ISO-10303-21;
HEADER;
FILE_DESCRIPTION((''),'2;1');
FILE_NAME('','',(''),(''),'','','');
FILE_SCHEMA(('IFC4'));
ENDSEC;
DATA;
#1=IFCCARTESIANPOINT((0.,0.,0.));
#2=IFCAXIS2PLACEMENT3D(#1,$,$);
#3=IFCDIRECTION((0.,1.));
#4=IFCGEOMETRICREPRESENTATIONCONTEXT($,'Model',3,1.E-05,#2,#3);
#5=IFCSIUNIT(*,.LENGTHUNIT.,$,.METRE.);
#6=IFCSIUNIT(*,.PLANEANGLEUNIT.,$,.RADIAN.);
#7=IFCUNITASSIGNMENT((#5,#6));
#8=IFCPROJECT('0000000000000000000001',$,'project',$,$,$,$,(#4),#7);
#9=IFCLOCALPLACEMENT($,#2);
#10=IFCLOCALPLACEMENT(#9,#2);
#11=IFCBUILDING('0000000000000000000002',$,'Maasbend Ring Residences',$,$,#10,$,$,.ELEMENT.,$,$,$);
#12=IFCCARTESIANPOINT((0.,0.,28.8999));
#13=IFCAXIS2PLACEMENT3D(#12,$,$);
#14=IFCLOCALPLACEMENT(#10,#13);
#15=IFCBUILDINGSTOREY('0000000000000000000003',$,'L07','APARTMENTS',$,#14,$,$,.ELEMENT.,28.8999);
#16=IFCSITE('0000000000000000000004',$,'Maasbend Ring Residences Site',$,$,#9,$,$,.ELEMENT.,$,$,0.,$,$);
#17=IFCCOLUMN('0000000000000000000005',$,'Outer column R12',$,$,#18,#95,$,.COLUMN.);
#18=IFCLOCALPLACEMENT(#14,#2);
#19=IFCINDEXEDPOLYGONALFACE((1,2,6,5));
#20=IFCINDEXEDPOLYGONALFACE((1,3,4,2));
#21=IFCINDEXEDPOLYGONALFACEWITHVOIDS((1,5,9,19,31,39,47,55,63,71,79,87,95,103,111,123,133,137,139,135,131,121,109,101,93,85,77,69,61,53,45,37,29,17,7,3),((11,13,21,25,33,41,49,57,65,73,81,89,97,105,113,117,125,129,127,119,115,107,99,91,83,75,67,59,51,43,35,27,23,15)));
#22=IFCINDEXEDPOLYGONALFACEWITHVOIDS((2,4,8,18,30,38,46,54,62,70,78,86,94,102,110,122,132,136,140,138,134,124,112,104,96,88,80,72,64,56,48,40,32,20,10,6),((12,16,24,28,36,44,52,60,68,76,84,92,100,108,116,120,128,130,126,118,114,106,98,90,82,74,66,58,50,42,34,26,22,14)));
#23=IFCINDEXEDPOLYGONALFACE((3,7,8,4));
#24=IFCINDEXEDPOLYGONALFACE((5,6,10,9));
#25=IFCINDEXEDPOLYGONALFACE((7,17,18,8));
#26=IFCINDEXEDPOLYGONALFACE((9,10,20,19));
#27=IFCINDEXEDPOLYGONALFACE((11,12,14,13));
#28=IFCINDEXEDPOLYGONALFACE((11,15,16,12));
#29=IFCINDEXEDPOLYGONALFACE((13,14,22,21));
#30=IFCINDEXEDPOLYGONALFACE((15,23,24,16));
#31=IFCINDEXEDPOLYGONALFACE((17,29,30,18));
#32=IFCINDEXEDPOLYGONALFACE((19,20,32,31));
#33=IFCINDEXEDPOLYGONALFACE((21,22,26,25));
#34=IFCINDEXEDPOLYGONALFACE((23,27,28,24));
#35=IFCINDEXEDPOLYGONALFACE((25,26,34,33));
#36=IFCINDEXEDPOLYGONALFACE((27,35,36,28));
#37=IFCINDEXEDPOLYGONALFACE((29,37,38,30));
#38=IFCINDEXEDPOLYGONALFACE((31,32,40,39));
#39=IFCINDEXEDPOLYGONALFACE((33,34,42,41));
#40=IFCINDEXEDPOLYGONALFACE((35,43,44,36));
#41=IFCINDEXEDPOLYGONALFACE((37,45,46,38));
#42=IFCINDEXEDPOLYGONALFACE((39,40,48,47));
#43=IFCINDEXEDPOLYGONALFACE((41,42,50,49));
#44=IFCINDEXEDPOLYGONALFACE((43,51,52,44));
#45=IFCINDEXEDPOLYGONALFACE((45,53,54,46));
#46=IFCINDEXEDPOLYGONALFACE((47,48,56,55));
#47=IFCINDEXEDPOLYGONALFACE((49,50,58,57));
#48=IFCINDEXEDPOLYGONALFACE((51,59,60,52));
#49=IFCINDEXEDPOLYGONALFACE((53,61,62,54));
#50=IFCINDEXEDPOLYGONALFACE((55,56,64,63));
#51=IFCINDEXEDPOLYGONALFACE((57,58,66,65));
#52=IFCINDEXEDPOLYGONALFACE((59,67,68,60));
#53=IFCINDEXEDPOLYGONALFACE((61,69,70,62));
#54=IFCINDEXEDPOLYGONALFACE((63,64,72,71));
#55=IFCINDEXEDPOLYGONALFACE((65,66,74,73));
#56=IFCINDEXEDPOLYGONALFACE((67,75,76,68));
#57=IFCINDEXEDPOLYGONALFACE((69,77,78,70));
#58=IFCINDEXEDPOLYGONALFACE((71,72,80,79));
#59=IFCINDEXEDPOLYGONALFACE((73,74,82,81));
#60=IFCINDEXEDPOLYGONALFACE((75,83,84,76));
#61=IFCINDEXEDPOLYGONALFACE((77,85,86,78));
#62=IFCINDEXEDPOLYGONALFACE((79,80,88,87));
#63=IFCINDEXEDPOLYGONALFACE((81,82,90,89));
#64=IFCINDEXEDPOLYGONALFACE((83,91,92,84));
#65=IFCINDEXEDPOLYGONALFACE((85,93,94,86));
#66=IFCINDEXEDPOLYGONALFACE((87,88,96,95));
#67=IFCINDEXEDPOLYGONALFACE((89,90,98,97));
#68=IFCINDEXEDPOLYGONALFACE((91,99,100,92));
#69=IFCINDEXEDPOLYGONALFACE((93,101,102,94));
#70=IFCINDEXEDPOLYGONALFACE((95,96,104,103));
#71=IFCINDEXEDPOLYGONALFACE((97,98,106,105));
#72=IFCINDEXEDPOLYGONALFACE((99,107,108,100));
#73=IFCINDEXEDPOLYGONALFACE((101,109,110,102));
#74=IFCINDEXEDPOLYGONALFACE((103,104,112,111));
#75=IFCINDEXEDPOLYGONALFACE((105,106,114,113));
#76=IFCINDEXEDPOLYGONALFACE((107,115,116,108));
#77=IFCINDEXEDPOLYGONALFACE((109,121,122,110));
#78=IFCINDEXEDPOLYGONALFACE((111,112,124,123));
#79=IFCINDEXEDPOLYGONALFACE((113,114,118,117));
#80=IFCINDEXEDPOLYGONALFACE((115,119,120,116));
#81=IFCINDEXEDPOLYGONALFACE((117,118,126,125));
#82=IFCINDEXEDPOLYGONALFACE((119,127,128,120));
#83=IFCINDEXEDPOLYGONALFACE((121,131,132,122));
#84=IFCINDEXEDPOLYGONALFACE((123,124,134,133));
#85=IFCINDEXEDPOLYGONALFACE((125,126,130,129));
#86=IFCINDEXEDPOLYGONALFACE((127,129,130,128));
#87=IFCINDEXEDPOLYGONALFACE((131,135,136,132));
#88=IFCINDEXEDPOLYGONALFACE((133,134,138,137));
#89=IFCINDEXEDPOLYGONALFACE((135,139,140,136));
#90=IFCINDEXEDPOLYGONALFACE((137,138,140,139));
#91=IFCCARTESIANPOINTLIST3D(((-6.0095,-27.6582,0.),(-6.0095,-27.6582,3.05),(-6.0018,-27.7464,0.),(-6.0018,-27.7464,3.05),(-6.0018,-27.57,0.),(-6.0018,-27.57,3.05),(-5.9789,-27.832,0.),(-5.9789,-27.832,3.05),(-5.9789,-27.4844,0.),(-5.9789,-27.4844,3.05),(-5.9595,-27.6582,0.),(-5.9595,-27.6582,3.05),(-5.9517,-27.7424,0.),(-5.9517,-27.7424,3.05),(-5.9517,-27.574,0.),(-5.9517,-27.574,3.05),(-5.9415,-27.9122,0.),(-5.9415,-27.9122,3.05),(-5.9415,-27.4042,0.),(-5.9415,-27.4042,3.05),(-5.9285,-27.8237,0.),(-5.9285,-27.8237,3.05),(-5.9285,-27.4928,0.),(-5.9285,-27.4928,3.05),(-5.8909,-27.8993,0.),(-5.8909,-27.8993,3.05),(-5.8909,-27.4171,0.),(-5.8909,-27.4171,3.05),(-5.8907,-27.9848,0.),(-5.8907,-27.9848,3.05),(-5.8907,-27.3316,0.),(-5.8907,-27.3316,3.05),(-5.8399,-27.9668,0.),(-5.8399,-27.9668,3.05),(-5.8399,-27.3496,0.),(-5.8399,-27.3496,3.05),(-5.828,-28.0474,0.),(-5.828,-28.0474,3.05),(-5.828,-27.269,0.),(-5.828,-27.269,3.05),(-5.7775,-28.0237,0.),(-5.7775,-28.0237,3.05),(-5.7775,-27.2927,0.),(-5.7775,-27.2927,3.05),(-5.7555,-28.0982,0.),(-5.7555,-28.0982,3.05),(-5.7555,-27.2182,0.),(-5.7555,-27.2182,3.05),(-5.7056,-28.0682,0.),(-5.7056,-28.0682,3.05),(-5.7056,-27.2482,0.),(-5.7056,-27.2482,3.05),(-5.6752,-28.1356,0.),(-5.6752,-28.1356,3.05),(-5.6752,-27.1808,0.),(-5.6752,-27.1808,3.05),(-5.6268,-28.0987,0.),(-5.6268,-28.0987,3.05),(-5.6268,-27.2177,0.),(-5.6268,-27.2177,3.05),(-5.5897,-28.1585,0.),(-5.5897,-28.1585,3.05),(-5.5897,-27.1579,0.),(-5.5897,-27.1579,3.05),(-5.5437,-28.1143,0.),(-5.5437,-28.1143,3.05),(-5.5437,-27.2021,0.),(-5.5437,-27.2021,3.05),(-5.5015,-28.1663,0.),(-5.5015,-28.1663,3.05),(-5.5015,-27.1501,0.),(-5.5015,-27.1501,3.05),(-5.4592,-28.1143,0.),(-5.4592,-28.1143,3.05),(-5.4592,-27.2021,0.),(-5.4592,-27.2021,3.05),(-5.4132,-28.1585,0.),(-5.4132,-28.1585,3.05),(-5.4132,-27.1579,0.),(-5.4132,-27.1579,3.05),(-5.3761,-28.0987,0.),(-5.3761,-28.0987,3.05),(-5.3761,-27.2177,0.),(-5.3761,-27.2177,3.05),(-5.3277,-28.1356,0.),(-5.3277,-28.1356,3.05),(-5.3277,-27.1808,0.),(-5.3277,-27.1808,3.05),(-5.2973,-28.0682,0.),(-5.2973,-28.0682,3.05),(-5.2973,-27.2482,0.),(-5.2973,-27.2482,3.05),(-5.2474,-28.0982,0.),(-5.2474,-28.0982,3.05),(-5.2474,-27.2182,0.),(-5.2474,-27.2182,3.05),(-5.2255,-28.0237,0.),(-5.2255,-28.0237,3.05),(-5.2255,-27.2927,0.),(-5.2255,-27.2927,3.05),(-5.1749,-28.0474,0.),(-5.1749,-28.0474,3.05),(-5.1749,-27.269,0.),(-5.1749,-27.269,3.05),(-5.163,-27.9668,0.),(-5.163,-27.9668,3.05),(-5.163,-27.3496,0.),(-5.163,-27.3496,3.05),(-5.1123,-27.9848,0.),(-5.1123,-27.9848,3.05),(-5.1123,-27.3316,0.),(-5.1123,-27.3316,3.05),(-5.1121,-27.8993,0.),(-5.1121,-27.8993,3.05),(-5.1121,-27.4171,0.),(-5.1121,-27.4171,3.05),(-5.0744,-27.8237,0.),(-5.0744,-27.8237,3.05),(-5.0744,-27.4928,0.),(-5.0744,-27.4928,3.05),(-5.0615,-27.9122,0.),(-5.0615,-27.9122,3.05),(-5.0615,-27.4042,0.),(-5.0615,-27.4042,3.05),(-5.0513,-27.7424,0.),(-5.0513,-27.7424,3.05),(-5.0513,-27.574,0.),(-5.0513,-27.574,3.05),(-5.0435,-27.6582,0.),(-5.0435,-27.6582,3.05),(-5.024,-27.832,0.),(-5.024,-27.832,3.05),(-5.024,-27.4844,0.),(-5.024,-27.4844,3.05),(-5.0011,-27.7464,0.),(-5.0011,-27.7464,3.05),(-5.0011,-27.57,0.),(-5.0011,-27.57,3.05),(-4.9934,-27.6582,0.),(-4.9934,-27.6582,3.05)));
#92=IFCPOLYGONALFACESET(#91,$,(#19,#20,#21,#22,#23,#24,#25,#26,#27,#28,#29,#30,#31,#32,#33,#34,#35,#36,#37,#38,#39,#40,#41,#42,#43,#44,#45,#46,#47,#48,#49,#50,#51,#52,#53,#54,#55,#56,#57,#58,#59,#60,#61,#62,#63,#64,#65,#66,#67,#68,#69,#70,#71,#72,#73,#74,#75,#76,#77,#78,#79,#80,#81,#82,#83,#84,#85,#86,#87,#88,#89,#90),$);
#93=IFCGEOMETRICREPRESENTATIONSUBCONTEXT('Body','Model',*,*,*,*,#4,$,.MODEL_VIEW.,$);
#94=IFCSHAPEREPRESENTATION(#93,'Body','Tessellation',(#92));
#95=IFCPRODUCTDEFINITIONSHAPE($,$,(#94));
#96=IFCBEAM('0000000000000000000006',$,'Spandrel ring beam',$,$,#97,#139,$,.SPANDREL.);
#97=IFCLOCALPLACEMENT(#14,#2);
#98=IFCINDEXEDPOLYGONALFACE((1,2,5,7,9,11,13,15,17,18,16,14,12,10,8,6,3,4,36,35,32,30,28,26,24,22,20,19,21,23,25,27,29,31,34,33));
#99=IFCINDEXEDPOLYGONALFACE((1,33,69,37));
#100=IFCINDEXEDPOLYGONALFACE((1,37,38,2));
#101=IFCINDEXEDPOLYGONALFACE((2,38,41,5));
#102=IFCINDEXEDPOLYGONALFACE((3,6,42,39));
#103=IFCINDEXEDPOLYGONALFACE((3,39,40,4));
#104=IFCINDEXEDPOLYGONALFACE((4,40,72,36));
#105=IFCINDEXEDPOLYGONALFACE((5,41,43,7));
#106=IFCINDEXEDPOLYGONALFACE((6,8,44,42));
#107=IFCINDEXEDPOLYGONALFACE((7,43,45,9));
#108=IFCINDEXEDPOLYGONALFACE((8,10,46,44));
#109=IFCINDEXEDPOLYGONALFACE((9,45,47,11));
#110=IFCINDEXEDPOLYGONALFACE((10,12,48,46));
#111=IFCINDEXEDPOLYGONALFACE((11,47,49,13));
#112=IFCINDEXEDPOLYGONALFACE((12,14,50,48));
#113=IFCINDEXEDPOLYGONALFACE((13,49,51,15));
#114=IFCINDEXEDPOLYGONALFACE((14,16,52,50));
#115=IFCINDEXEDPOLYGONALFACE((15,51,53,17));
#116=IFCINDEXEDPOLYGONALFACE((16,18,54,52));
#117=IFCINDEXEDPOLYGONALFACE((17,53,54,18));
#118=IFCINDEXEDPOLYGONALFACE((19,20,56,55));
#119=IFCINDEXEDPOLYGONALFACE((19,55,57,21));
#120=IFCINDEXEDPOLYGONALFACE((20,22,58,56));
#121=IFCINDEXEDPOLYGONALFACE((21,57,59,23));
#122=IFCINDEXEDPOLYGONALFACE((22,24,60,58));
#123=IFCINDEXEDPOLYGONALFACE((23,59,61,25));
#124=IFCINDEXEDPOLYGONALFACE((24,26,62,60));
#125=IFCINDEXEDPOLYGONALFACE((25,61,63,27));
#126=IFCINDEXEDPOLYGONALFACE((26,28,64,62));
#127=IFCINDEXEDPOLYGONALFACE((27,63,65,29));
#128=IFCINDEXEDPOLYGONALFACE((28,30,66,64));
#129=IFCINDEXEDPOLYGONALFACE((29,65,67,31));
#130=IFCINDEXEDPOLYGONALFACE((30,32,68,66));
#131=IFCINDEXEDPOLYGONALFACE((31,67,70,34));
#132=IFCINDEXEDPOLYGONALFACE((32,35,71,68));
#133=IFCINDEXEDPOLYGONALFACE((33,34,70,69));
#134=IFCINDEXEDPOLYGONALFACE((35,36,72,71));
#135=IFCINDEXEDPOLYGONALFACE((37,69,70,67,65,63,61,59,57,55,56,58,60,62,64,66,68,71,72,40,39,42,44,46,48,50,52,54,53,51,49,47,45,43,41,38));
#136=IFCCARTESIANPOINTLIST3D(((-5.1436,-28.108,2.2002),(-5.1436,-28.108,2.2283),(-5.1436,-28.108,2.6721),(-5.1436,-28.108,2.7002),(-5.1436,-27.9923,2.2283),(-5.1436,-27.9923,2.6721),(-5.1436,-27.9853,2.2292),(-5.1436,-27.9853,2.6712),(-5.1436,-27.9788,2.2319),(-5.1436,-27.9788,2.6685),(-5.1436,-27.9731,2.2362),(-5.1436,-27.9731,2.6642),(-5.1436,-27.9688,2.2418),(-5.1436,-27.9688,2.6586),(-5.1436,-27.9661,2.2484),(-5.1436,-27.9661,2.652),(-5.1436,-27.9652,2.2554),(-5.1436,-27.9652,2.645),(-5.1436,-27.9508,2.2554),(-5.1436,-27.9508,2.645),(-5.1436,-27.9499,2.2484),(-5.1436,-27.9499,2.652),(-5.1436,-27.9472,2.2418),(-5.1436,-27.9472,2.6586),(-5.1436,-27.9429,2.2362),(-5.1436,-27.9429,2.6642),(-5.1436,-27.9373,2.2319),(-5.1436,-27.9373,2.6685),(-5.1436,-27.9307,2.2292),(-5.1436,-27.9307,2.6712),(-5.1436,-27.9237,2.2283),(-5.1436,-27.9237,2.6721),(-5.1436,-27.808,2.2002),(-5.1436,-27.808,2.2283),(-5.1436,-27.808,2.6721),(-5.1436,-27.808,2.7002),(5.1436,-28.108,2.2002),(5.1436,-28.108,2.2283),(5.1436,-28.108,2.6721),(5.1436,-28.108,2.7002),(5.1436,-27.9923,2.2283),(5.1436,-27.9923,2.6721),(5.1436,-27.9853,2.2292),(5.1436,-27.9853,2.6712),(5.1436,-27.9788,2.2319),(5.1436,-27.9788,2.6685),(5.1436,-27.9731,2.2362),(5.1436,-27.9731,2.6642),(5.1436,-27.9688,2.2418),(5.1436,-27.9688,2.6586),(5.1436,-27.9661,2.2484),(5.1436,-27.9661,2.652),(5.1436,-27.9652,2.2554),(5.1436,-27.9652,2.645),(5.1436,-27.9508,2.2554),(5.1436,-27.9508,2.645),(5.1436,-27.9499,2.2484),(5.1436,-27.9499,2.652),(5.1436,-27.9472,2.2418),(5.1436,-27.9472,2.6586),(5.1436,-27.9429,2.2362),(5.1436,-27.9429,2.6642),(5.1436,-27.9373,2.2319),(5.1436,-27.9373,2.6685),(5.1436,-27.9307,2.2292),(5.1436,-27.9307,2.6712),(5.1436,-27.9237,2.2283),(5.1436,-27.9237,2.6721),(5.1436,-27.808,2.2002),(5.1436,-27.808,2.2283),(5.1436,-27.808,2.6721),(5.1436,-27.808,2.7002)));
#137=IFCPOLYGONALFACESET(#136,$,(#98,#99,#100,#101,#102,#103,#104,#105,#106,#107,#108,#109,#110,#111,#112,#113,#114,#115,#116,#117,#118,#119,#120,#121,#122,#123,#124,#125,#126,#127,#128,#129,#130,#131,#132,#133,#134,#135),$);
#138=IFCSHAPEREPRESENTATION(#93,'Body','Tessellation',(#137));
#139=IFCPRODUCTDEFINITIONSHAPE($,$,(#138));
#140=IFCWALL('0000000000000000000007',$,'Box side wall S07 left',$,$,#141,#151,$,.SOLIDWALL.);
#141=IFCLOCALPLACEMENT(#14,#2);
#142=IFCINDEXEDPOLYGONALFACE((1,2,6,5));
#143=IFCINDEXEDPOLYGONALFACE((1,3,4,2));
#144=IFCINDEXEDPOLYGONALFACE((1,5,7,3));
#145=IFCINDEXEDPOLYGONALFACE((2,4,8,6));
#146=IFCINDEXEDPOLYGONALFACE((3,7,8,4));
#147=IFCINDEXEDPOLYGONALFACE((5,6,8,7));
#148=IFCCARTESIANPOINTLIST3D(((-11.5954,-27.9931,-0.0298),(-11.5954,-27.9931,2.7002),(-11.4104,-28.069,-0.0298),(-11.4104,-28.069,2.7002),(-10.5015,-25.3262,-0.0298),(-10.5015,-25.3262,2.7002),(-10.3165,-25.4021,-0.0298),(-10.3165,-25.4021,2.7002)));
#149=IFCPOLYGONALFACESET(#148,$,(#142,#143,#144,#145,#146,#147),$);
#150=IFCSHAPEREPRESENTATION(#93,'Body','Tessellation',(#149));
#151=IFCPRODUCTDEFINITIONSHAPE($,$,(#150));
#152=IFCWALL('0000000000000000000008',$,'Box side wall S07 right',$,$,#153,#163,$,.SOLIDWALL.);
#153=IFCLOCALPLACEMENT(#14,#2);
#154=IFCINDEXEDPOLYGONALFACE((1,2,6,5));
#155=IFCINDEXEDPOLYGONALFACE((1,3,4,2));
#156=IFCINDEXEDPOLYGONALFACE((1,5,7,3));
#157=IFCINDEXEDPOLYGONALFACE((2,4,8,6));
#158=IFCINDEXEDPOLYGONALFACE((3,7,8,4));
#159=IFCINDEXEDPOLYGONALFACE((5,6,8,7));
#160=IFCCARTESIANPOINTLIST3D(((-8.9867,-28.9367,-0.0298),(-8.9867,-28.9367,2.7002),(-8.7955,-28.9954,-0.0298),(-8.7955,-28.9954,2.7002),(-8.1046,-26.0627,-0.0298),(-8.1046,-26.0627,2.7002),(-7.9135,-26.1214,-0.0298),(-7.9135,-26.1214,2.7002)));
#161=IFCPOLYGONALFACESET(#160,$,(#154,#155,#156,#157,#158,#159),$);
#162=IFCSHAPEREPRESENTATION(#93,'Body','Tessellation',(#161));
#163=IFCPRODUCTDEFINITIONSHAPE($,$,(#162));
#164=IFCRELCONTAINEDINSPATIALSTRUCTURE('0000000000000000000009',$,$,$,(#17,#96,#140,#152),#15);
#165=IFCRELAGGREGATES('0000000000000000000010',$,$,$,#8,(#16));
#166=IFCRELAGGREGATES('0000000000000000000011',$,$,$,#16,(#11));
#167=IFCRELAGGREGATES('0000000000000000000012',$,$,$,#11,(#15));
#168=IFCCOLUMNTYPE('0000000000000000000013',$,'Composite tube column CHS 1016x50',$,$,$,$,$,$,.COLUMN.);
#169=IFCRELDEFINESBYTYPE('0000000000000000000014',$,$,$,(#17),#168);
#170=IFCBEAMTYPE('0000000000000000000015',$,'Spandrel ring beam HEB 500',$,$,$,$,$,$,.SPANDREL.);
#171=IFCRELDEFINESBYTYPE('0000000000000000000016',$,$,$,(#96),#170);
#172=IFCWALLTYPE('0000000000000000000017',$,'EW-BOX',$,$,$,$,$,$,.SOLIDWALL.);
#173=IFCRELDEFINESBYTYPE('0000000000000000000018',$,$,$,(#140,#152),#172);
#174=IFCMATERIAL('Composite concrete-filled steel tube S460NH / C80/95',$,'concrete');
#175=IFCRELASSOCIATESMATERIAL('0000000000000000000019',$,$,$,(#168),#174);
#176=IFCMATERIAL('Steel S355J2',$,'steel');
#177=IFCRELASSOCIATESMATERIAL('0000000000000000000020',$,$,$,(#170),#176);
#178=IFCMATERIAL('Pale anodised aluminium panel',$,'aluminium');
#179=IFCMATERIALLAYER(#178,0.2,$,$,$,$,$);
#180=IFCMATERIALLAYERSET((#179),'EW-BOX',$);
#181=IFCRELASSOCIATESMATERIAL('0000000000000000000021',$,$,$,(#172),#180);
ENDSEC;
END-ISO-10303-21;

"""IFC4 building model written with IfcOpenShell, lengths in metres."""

from ifc_helpers import new_model, si_unit, direction, frame, frame_2d, origin, origin_2d, place, context, subcontext, project, spatial, rectangle, hollow_circle, i_section, extrude, material, layer, layer_set, material_profile, profile_set, type_object, element, save


model = new_model("IFC4")

# Units and contexts
model_context = context("Model", 3, precision=1e-05, world=origin(), true_north=direction((0.0, 1.0)))
body_context = subcontext(model_context, "Body", "Model", "MODEL_VIEW")
ifc_project = project(units=[si_unit("LENGTHUNIT", "METRE"), si_unit("PLANEANGLEUNIT", "RADIAN")], contexts=[model_context])

# Site, building, storey
site_placement = place(None, origin())
site = spatial("IfcSite", under=ifc_project, at=site_placement, Name="Maasbend Ring Residences Site", CompositionType="ELEMENT", RefElevation=0.0)
building_placement = place(site_placement, origin())
building = spatial("IfcBuilding", under=site, at=building_placement, Name="Maasbend Ring Residences", CompositionType="ELEMENT")
storey_placement = place(building_placement, frame((0.0, 0.0, 28.8999)))
storey = spatial("IfcBuildingStorey", under=building, at=storey_placement, Name="L07", Description="APARTMENTS", CompositionType="ELEMENT", Elevation=28.8999)

# Column
ifc_material_1 = material(Name="Composite concrete-filled steel tube S460NH / C80/95", Category="concrete")
ifc_material_profile_1 = material_profile(ifc_material_1, hollow_circle(Radius=0.5081, WallThickness=0.05, at=origin_2d()), Name="Composite tube column CHS 1016x50")
ifc_profile_set_1 = profile_set([ifc_material_profile_1], Name="Composite concrete-filled steel tube S460NH / C80/95")
column_type = type_object("IfcColumnType", Name="Composite tube column CHS 1016x50", PredefinedType="COLUMN", material=ifc_profile_set_1)
column_placement = place(storey_placement, frame((-5.5015, -27.6582, 0.0), z_axis=(0.0, 0.0, 1.0), x_axis=(1.0, 0.0, 0.0)))
element("IfcColumn", 1, at=column_placement, inside=storey, type_object=column_type, Name="Outer column R12", PredefinedType="COLUMN", context=body_context, shape_type="SweptSolid", body=[
    extrude(hollow_circle(Radius=0.5081, WallThickness=0.05, at=origin_2d()), origin(), (0.0, 0.0, 1.0), 3.05),
])

# Beam
ifc_material_2 = material(Name="Steel S355J2", Category="steel")
ifc_material_profile_2 = material_profile(ifc_material_2, i_section(OverallWidth=0.3, OverallDepth=0.5, WebThickness=0.0144, FlangeThickness=0.0281, FilletRadius=0.0271, at=origin_2d()), Name="HEB 500")
ifc_profile_set_2 = profile_set([ifc_material_profile_2], Name="Steel S355J2")
beam_type = type_object("IfcBeamType", Name="Spandrel ring beam HEB 500", PredefinedType="SPANDREL", material=ifc_profile_set_2)
beam_placement = place(storey_placement, frame((-5.1436, -27.958, 2.4502), z_axis=(1.0, 0.0, 0.0), x_axis=(0.0, 1.0, 0.0)))
element("IfcBeam", 2, at=beam_placement, inside=storey, type_object=beam_type, Name="Spandrel ring beam", PredefinedType="SPANDREL", context=body_context, shape_type="SweptSolid", body=[
    extrude(i_section(OverallWidth=0.3, OverallDepth=0.5, WebThickness=0.0144, FlangeThickness=0.0281, FilletRadius=0.0271, at=origin_2d()), origin(), (0.0, 0.0, 1.0), 10.2871),
])

# Walls
ifc_material_3 = material(Name="Pale anodised aluminium panel", Category="aluminium")
ifc_layer_1 = layer(ifc_material_3, 0.2)
ifc_layer_set_1 = layer_set([ifc_layer_1], Name="EW-BOX")
wall_type_1 = type_object("IfcWallType", Name="EW-BOX", PredefinedType="SOLIDWALL", material=ifc_layer_set_1)
wall_1_placement = place(storey_placement, frame((-10.4089, -25.364, -0.0298), z_axis=(0.0, 0.0, 1.0), x_axis=(-0.37951, -0.925188, 0.0)))
element("IfcWall", 3, at=wall_1_placement, inside=storey, type_object=wall_type_1, Name="Box side wall S07 left", PredefinedType="SOLIDWALL", context=body_context, shape_type="SweptSolid", body=[
    extrude(rectangle(XDim=2.8826, YDim=0.2, at=frame_2d((1.4414, 0.0))), origin(), (0.0, 0.0, 1.0), 2.73),
])
wall_2_placement = place(storey_placement, frame((-8.009, -26.092, -0.0298), z_axis=(0.0, 0.0, 1.0), x_axis=(-0.293407, -0.955988, 0.0)))
element("IfcWall", 4, at=wall_2_placement, inside=storey, type_object=wall_type_1, Name="Box side wall S07 right", PredefinedType="SOLIDWALL", context=body_context, shape_type="SweptSolid", body=[
    extrude(rectangle(XDim=3.0063, YDim=0.2, at=frame_2d((1.5032, 0.0))), origin(), (0.0, 0.0, 1.0), 2.73),
])

save(model, "model.ifc")
